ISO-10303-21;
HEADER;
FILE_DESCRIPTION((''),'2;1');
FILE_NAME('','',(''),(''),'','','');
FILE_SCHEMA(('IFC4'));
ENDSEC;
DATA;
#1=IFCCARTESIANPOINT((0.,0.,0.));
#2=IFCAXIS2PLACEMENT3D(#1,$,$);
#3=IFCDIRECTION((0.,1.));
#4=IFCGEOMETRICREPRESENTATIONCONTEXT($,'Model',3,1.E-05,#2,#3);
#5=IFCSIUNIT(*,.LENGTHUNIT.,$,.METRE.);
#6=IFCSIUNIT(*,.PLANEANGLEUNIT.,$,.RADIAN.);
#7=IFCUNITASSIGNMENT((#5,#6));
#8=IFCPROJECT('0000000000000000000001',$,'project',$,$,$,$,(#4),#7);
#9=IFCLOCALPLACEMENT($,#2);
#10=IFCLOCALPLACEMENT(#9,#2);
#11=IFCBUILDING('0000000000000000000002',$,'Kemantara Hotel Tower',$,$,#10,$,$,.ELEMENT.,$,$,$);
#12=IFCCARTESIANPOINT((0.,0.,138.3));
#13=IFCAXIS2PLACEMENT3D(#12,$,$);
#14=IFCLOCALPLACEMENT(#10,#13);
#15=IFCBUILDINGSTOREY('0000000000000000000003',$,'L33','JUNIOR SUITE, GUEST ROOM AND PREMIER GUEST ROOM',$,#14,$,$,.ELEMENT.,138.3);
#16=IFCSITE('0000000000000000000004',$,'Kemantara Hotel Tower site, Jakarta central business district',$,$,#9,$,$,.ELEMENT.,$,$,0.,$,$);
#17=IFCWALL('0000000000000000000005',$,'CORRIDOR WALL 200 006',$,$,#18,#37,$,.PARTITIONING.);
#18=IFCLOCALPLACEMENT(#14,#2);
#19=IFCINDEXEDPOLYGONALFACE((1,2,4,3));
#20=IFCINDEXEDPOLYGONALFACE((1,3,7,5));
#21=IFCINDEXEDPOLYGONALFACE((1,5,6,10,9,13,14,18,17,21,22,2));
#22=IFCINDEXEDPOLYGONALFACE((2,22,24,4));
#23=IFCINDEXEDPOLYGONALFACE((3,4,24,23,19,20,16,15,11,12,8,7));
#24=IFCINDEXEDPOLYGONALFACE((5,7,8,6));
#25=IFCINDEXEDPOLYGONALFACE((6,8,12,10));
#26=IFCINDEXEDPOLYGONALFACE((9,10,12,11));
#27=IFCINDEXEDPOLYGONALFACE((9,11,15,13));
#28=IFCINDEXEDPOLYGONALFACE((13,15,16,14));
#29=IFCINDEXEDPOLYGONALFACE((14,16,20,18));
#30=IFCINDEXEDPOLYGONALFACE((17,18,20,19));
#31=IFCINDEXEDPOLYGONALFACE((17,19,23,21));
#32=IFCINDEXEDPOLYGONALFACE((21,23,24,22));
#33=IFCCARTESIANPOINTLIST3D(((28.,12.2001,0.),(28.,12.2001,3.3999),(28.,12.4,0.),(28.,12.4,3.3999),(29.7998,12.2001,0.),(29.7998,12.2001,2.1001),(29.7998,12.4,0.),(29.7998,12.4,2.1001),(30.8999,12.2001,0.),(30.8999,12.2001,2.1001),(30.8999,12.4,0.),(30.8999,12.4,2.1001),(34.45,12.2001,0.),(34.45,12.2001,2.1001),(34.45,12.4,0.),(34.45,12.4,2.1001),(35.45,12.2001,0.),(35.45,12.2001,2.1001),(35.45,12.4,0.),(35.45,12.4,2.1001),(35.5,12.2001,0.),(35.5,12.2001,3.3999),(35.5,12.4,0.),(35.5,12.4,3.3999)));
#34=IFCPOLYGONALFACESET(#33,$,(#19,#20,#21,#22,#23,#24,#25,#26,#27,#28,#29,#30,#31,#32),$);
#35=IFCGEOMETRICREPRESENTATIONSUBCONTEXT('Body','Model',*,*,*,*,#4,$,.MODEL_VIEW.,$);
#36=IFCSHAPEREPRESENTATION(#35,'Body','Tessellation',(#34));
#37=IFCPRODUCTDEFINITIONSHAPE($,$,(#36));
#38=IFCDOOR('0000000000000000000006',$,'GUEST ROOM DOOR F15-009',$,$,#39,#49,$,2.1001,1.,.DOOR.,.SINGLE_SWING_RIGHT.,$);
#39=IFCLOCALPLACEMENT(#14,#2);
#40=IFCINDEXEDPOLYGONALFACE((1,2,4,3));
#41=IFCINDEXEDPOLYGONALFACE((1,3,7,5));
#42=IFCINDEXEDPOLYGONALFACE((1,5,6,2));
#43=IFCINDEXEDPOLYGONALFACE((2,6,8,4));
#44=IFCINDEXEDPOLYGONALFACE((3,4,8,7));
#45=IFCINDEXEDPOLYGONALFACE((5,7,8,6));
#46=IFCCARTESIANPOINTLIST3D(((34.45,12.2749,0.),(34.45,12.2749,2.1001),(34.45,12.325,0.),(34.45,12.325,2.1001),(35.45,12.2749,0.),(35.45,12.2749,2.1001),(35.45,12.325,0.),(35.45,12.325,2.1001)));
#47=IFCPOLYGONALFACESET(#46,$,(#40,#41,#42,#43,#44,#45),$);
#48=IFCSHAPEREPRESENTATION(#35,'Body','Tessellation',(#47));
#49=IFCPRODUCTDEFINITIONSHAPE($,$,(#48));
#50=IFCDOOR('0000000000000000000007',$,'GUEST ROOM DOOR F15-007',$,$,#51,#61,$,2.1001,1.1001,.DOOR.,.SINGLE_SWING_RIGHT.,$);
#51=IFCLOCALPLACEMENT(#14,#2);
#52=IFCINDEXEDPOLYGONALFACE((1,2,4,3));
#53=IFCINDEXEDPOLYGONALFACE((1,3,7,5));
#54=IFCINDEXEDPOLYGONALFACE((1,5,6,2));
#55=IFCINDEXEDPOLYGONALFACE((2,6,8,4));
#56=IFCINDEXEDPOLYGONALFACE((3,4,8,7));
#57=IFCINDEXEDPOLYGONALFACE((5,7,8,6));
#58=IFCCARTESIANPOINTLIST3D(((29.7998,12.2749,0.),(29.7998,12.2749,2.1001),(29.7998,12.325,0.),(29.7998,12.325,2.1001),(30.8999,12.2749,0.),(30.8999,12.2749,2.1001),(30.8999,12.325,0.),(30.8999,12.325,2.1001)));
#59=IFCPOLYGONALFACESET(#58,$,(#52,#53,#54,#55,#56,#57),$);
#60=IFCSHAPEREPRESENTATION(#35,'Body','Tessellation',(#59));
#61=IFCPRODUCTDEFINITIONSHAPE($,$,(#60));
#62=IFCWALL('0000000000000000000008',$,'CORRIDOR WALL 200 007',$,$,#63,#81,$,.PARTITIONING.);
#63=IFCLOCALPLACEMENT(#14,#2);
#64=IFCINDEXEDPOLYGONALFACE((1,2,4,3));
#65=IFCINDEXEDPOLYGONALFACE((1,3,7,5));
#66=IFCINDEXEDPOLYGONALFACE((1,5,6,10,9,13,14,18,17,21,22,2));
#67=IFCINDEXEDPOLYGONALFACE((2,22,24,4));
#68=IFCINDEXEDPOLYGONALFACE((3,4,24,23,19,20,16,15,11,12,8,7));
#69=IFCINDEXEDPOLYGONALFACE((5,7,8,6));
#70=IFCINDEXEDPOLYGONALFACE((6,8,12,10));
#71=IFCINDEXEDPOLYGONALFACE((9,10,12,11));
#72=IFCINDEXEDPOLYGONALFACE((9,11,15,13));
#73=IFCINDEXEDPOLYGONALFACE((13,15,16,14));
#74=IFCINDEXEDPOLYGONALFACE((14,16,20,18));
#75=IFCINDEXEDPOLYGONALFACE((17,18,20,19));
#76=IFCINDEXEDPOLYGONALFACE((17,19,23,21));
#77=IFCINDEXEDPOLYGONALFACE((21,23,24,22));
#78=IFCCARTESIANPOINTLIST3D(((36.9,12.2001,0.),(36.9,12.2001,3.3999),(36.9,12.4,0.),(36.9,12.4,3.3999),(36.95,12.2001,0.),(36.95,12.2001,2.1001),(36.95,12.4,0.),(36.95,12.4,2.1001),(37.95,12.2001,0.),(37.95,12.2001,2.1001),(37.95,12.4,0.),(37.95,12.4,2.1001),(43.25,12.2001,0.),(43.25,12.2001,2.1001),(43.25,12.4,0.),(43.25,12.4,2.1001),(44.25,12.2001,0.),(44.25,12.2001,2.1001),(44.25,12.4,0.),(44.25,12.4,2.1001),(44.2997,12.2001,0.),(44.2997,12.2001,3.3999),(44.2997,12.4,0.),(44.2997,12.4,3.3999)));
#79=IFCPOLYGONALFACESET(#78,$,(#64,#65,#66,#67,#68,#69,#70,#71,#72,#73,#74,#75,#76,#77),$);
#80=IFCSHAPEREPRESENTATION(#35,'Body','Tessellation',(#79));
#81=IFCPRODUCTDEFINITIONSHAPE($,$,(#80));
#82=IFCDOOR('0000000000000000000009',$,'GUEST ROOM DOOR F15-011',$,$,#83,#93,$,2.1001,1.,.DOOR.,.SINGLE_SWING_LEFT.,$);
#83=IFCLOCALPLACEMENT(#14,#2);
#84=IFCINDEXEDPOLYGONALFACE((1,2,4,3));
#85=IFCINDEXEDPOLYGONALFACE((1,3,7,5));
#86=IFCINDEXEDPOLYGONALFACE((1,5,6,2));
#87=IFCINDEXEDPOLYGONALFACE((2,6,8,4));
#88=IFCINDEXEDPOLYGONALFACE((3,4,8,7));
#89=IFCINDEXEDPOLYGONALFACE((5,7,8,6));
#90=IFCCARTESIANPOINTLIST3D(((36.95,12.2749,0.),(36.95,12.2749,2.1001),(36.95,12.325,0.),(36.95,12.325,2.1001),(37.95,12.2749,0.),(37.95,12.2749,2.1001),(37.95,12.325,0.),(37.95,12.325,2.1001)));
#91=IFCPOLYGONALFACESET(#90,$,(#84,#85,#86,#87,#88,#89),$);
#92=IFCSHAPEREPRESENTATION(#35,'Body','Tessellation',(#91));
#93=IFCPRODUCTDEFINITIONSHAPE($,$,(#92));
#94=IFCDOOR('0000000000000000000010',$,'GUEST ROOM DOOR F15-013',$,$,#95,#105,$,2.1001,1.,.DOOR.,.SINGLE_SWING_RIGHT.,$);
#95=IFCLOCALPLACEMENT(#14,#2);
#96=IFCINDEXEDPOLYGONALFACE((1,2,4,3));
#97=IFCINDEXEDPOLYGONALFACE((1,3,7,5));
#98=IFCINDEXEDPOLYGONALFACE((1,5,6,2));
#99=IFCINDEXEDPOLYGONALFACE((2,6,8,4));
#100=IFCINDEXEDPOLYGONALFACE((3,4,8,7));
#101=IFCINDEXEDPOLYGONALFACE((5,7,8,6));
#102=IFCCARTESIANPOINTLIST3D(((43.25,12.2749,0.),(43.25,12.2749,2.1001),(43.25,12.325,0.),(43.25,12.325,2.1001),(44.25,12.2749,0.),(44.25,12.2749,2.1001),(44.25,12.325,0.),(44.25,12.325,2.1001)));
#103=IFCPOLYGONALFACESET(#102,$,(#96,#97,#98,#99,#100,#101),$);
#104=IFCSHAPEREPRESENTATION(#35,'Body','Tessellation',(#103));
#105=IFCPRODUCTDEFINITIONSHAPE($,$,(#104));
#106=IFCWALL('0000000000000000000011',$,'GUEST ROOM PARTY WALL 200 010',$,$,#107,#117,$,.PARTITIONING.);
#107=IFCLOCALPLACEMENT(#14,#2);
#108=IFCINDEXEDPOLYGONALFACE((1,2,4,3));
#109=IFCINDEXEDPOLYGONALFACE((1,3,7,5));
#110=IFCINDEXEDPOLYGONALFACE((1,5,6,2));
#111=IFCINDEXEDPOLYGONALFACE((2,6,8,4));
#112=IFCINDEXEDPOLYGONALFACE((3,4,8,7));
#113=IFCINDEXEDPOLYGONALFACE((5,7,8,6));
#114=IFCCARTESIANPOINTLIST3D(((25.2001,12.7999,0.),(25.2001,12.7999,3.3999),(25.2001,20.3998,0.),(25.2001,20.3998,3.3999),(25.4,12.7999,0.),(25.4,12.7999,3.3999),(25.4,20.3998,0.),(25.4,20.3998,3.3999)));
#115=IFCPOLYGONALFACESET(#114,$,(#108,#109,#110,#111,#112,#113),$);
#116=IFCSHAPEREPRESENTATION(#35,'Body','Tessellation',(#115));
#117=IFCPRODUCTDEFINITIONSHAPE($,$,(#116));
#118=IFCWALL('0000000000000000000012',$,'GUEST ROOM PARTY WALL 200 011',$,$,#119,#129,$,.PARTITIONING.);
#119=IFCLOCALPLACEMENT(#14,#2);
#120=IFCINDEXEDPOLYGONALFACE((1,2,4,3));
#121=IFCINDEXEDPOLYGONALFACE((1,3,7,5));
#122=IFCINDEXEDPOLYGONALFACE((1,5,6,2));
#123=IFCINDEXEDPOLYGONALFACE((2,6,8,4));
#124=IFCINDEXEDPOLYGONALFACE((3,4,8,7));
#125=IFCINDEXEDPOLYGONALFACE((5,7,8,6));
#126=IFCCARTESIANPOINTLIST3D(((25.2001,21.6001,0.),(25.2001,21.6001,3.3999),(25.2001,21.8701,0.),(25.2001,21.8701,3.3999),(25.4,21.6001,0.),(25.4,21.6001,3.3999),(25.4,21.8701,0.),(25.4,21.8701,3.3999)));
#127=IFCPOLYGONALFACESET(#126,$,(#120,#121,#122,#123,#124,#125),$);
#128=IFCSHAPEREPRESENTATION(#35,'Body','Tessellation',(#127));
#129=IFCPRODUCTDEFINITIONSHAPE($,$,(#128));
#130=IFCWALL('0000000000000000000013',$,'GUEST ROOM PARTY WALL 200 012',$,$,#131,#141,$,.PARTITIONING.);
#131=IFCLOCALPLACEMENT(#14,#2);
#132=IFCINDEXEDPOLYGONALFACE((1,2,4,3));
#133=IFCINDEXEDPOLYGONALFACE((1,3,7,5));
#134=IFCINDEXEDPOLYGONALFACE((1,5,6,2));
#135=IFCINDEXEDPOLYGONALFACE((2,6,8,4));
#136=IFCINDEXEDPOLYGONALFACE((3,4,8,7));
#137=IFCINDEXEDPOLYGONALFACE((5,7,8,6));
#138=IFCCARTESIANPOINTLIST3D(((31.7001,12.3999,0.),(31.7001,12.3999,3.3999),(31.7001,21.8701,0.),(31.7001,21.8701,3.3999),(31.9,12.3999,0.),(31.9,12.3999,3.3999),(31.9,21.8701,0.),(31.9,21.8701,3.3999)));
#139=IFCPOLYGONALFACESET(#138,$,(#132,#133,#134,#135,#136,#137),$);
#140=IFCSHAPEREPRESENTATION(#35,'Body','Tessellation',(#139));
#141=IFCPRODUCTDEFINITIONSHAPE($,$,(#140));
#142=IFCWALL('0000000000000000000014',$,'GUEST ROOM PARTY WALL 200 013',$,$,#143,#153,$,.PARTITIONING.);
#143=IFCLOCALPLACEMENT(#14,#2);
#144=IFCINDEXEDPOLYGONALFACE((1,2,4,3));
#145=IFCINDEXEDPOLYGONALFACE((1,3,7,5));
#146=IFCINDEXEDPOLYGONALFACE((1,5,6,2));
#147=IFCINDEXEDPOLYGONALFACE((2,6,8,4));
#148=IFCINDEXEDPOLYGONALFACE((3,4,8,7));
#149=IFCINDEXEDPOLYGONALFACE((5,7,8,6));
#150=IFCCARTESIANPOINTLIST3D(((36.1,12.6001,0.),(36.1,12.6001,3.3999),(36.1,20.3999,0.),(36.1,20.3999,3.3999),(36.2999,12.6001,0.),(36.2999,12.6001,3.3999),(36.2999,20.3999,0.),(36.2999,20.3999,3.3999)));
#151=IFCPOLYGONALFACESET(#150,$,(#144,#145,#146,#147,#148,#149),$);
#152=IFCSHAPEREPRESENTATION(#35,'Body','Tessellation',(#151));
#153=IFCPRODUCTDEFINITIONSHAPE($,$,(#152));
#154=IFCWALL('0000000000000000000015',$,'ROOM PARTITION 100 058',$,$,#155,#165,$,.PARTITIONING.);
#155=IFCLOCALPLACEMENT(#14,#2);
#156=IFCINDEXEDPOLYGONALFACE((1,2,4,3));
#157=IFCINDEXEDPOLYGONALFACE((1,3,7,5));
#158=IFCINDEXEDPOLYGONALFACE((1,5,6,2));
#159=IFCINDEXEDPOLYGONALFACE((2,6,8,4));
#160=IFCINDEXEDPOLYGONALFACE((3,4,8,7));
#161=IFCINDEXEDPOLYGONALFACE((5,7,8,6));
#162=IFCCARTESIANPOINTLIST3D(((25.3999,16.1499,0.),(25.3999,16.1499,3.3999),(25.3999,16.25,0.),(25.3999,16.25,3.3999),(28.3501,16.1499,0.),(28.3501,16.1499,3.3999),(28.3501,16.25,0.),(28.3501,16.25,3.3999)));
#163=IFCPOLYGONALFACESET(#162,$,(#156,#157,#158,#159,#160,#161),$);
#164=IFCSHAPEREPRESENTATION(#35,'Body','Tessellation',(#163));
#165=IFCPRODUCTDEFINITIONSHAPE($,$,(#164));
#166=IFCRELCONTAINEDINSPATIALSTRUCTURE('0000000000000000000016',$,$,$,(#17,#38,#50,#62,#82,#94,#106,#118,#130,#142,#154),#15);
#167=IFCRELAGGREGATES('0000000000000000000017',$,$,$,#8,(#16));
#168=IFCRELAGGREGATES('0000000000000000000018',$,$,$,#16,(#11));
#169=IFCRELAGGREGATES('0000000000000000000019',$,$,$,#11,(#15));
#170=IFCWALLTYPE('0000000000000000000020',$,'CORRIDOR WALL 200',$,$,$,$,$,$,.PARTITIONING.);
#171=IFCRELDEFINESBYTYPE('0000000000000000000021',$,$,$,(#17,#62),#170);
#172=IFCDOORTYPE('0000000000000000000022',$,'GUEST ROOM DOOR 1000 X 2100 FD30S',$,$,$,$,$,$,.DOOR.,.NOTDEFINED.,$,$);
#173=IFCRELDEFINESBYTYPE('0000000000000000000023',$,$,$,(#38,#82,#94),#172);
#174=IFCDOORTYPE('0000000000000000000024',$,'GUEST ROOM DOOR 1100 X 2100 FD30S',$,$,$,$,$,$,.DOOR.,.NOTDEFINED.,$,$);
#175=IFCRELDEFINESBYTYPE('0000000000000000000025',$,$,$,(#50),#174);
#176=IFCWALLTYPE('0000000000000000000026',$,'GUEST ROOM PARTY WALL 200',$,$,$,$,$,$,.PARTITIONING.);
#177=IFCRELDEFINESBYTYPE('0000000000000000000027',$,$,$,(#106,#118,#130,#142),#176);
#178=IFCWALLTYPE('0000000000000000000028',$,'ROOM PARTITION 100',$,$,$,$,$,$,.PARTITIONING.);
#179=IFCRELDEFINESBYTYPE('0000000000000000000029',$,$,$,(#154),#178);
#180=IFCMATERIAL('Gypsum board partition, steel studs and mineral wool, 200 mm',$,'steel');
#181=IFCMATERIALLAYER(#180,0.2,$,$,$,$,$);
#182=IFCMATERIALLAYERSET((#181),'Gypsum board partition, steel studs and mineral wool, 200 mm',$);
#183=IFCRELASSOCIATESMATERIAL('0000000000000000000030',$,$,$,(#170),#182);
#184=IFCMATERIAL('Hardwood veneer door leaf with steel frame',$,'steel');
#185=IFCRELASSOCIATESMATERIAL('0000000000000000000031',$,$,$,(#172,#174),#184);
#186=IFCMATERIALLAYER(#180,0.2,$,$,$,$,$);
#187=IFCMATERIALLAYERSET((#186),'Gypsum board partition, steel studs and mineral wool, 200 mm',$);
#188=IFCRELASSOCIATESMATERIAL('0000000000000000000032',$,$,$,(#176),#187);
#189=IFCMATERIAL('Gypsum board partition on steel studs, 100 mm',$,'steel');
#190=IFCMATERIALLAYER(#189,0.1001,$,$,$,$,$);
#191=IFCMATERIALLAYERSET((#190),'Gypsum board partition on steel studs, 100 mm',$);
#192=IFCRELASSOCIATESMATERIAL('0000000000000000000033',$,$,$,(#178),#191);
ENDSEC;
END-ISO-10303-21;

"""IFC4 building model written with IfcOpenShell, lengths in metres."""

from ifc_helpers import new_model, si_unit, direction, frame, frame_2d, origin, place, context, subcontext, project, spatial, rectangle, extrude, material, layer, layer_set, type_object, element, fill, save


model = new_model("IFC4")

# Units and contexts
model_context = context("Model", 3, precision=1e-05, world=origin(), true_north=direction((0.0, 1.0)))
body_context = subcontext(model_context, "Body", "Model", "MODEL_VIEW")
ifc_project = project(units=[si_unit("LENGTHUNIT", "METRE"), si_unit("PLANEANGLEUNIT", "RADIAN")], contexts=[model_context])

# Site, building, storey
site_placement = place(None, origin())
site = spatial("IfcSite", under=ifc_project, at=site_placement, Name="Kemantara Hotel Tower site, Jakarta central business district", CompositionType="ELEMENT", RefElevation=0.0)
building_placement = place(site_placement, origin())
building = spatial("IfcBuilding", under=site, at=building_placement, Name="Kemantara Hotel Tower", CompositionType="ELEMENT")
storey_placement = place(building_placement, frame((0.0, 0.0, 138.3)))
storey = spatial("IfcBuildingStorey", under=building, at=storey_placement, Name="L33", Description="JUNIOR SUITE, GUEST ROOM AND PREMIER GUEST ROOM", CompositionType="ELEMENT", Elevation=138.3)

# Walls, openings, doors
ifc_material_1 = material(Name="Gypsum board partition, steel studs and mineral wool, 200 mm", Category="steel")
ifc_layer_1 = layer(ifc_material_1, 0.2)
ifc_layer_set_1 = layer_set([ifc_layer_1], Name="Gypsum board partition, steel studs and mineral wool, 200 mm")
wall_type_1 = type_object("IfcWallType", Name="CORRIDOR WALL 200", PredefinedType="PARTITIONING", material=ifc_layer_set_1)
wall_1_placement = place(storey_placement, frame((28.0, 12.3, 0.0), z_axis=(0.0, 0.0, 1.0), x_axis=(1.0, 0.0, 0.0)))
wall_1 = element("IfcWall", 1, at=wall_1_placement, inside=storey, type_object=wall_type_1, Name="CORRIDOR WALL 200 006", PredefinedType="PARTITIONING", context=body_context, shape_type="SweptSolid", body=[
    extrude(rectangle(XDim=7.5, YDim=0.2, at=frame_2d((3.75, 0.0))), origin(), (0.0, 0.0, 1.0), 3.3999),
])
opening_1_placement = place(wall_1_placement, frame((1.7998, 0.0, 0.0)))
opening_1 = element("IfcOpeningElement", 2, at=opening_1_placement, cuts=wall_1, PredefinedType="OPENING", context=body_context, shape_type="SweptSolid", body=[
    extrude(rectangle(XDim=1.1001, YDim=2.1001, at=frame_2d((0.55, 1.05))), frame((0.0, 0.1099, 0.0), z_axis=(0.0, -1.0, 0.0), x_axis=(1.0, 0.0, 0.0)), (0.0, 0.0, 1.0), 0.22),
])
opening_2_placement = place(wall_1_placement, frame((6.45, 0.0, 0.0)))
opening_2 = element("IfcOpeningElement", 3, at=opening_2_placement, cuts=wall_1, PredefinedType="OPENING", context=body_context, shape_type="SweptSolid", body=[
    extrude(rectangle(XDim=1.0, YDim=2.1001, at=frame_2d((0.5, 1.05))), frame((0.0, 0.1099, 0.0), z_axis=(0.0, -1.0, 0.0), x_axis=(1.0, 0.0, 0.0)), (0.0, 0.0, 1.0), 0.22),
])
ifc_material_2 = material(Name="Hardwood veneer door leaf with steel frame", Category="steel")
door_type_1 = type_object("IfcDoorType", Name="GUEST ROOM DOOR 1000 X 2100 FD30S", OperationType="NOTDEFINED", PredefinedType="DOOR", material=ifc_material_2)
door_1_placement = place(opening_2_placement, origin())
door_1 = element("IfcDoor", 4, at=door_1_placement, inside=storey, type_object=door_type_1, Name="GUEST ROOM DOOR F15-009", OperationType="SINGLE_SWING_RIGHT", OverallHeight=2.1001, OverallWidth=1.0, PredefinedType="DOOR", context=body_context, shape_type="SweptSolid", body=[
    extrude(rectangle(XDim=1.0, YDim=2.1001, at=frame_2d((0.5, 1.05))), frame((0.0, 0.0249, 0.0), z_axis=(0.0, -1.0, 0.0), x_axis=(1.0, 0.0, 0.0)), (0.0, 0.0, 1.0), 0.05),
])
fill(opening_2, door_1)
door_type_2 = type_object("IfcDoorType", Name="GUEST ROOM DOOR 1100 X 2100 FD30S", OperationType="NOTDEFINED", PredefinedType="DOOR", material=ifc_material_2)
door_2_placement = place(opening_1_placement, origin())
door_2 = element("IfcDoor", 5, at=door_2_placement, inside=storey, type_object=door_type_2, Name="GUEST ROOM DOOR F15-007", OperationType="SINGLE_SWING_RIGHT", OverallHeight=2.1001, OverallWidth=1.1001, PredefinedType="DOOR", context=body_context, shape_type="SweptSolid", body=[
    extrude(rectangle(XDim=1.1001, YDim=2.1001, at=frame_2d((0.55, 1.05))), frame((0.0, 0.0249, 0.0), z_axis=(0.0, -1.0, 0.0), x_axis=(1.0, 0.0, 0.0)), (0.0, 0.0, 1.0), 0.05),
])
fill(opening_1, door_2)
wall_2_placement = place(storey_placement, frame((36.9001, 12.3, 0.0), z_axis=(0.0, 0.0, 1.0), x_axis=(1.0, 0.0, 0.0)))
wall_2 = element("IfcWall", 6, at=wall_2_placement, inside=storey, type_object=wall_type_1, Name="CORRIDOR WALL 200 007", PredefinedType="PARTITIONING", context=body_context, shape_type="SweptSolid", body=[
    extrude(rectangle(XDim=7.3997, YDim=0.2, at=frame_2d((3.6997, 0.0))), origin(), (0.0, 0.0, 1.0), 3.3999),
])
opening_3_placement = place(wall_2_placement, frame((0.0498, 0.0, 0.0)))
opening_3 = element("IfcOpeningElement", 7, at=opening_3_placement, cuts=wall_2, PredefinedType="OPENING", context=body_context, shape_type="SweptSolid", body=[
    extrude(rectangle(XDim=1.0, YDim=2.1001, at=frame_2d((0.5, 1.05))), frame((0.0, 0.1099, 0.0), z_axis=(0.0, -1.0, 0.0), x_axis=(1.0, 0.0, 0.0)), (0.0, 0.0, 1.0), 0.22),
])
opening_4_placement = place(wall_2_placement, frame((6.3499, 0.0, 0.0)))
opening_4 = element("IfcOpeningElement", 8, at=opening_4_placement, cuts=wall_2, PredefinedType="OPENING", context=body_context, shape_type="SweptSolid", body=[
    extrude(rectangle(XDim=1.0, YDim=2.1001, at=frame_2d((0.5, 1.05))), frame((0.0, 0.1099, 0.0), z_axis=(0.0, -1.0, 0.0), x_axis=(1.0, 0.0, 0.0)), (0.0, 0.0, 1.0), 0.22),
])
door_3_placement = place(opening_3_placement, origin())
door_3 = element("IfcDoor", 9, at=door_3_placement, inside=storey, type_object=door_type_1, Name="GUEST ROOM DOOR F15-011", OperationType="SINGLE_SWING_LEFT", OverallHeight=2.1001, OverallWidth=1.0, PredefinedType="DOOR", context=body_context, shape_type="SweptSolid", body=[
    extrude(rectangle(XDim=1.0, YDim=2.1001, at=frame_2d((0.5, 1.05))), frame((0.0, 0.0249, 0.0), z_axis=(0.0, -1.0, 0.0), x_axis=(1.0, 0.0, 0.0)), (0.0, 0.0, 1.0), 0.05),
])
fill(opening_3, door_3)
door_4_placement = place(opening_4_placement, origin())
door_4 = element("IfcDoor", 10, at=door_4_placement, inside=storey, type_object=door_type_1, Name="GUEST ROOM DOOR F15-013", OperationType="SINGLE_SWING_RIGHT", OverallHeight=2.1001, OverallWidth=1.0, PredefinedType="DOOR", context=body_context, shape_type="SweptSolid", body=[
    extrude(rectangle(XDim=1.0, YDim=2.1001, at=frame_2d((0.5, 1.05))), frame((0.0, 0.0249, 0.0), z_axis=(0.0, -1.0, 0.0), x_axis=(1.0, 0.0, 0.0)), (0.0, 0.0, 1.0), 0.05),
])
fill(opening_4, door_4)

# Walls
ifc_layer_2 = layer(ifc_material_1, 0.2)
ifc_layer_set_2 = layer_set([ifc_layer_2], Name="Gypsum board partition, steel studs and mineral wool, 200 mm")
wall_type_2 = type_object("IfcWallType", Name="GUEST ROOM PARTY WALL 200", PredefinedType="PARTITIONING", material=ifc_layer_set_2)
wall_3_placement = place(storey_placement, frame((25.3, 12.8, 0.0), z_axis=(0.0, 0.0, 1.0), x_axis=(0.0, 1.0, 0.0)))
element("IfcWall", 11, at=wall_3_placement, inside=storey, type_object=wall_type_2, Name="GUEST ROOM PARTY WALL 200 010", PredefinedType="PARTITIONING", context=body_context, shape_type="SweptSolid", body=[
    extrude(rectangle(XDim=7.5999, YDim=0.2, at=frame_2d((3.7998, 0.0))), origin(), (0.0, 0.0, 1.0), 3.3999),
])
wall_4_placement = place(storey_placement, frame((25.3, 21.6001, 0.0), z_axis=(0.0, 0.0, 1.0), x_axis=(0.0, 1.0, 0.0)))
element("IfcWall", 12, at=wall_4_placement, inside=storey, type_object=wall_type_2, Name="GUEST ROOM PARTY WALL 200 011", PredefinedType="PARTITIONING", context=body_context, shape_type="SweptSolid", body=[
    extrude(rectangle(XDim=0.27, YDim=0.2, at=frame_2d((0.135, 0.0))), origin(), (0.0, 0.0, 1.0), 3.3999),
])
wall_5_placement = place(storey_placement, frame((31.8, 12.3999, 0.0), z_axis=(0.0, 0.0, 1.0), x_axis=(0.0, 1.0, 0.0)))
element("IfcWall", 13, at=wall_5_placement, inside=storey, type_object=wall_type_2, Name="GUEST ROOM PARTY WALL 200 012", PredefinedType="PARTITIONING", context=body_context, shape_type="SweptSolid", body=[
    extrude(rectangle(XDim=9.4702, YDim=0.2, at=frame_2d((4.7351, 0.0))), origin(), (0.0, 0.0, 1.0), 3.3999),
])
wall_6_placement = place(storey_placement, frame((36.2, 12.6001, 0.0), z_axis=(0.0, 0.0, 1.0), x_axis=(0.0, 1.0, 0.0)))
element("IfcWall", 14, at=wall_6_placement, inside=storey, type_object=wall_type_2, Name="GUEST ROOM PARTY WALL 200 013", PredefinedType="PARTITIONING", context=body_context, shape_type="SweptSolid", body=[
    extrude(rectangle(XDim=7.7998, YDim=0.2, at=frame_2d((3.8999, 0.0))), origin(), (0.0, 0.0, 1.0), 3.3999),
])
ifc_material_3 = material(Name="Gypsum board partition on steel studs, 100 mm", Category="steel")
ifc_layer_3 = layer(ifc_material_3, 0.1001)
ifc_layer_set_3 = layer_set([ifc_layer_3], Name="Gypsum board partition on steel studs, 100 mm")
wall_type_3 = type_object("IfcWallType", Name="ROOM PARTITION 100", PredefinedType="PARTITIONING", material=ifc_layer_set_3)
wall_7_placement = place(storey_placement, frame((25.3999, 16.2, 0.0), z_axis=(0.0, 0.0, 1.0), x_axis=(1.0, 0.0, 0.0)))
element("IfcWall", 15, at=wall_7_placement, inside=storey, type_object=wall_type_3, Name="ROOM PARTITION 100 058", PredefinedType="PARTITIONING", context=body_context, shape_type="SweptSolid", body=[
    extrude(rectangle(XDim=2.9502, YDim=0.1001, at=frame_2d((1.4751, 0.0))), origin(), (0.0, 0.0, 1.0), 3.3999),
])

save(model, "model.ifc")
